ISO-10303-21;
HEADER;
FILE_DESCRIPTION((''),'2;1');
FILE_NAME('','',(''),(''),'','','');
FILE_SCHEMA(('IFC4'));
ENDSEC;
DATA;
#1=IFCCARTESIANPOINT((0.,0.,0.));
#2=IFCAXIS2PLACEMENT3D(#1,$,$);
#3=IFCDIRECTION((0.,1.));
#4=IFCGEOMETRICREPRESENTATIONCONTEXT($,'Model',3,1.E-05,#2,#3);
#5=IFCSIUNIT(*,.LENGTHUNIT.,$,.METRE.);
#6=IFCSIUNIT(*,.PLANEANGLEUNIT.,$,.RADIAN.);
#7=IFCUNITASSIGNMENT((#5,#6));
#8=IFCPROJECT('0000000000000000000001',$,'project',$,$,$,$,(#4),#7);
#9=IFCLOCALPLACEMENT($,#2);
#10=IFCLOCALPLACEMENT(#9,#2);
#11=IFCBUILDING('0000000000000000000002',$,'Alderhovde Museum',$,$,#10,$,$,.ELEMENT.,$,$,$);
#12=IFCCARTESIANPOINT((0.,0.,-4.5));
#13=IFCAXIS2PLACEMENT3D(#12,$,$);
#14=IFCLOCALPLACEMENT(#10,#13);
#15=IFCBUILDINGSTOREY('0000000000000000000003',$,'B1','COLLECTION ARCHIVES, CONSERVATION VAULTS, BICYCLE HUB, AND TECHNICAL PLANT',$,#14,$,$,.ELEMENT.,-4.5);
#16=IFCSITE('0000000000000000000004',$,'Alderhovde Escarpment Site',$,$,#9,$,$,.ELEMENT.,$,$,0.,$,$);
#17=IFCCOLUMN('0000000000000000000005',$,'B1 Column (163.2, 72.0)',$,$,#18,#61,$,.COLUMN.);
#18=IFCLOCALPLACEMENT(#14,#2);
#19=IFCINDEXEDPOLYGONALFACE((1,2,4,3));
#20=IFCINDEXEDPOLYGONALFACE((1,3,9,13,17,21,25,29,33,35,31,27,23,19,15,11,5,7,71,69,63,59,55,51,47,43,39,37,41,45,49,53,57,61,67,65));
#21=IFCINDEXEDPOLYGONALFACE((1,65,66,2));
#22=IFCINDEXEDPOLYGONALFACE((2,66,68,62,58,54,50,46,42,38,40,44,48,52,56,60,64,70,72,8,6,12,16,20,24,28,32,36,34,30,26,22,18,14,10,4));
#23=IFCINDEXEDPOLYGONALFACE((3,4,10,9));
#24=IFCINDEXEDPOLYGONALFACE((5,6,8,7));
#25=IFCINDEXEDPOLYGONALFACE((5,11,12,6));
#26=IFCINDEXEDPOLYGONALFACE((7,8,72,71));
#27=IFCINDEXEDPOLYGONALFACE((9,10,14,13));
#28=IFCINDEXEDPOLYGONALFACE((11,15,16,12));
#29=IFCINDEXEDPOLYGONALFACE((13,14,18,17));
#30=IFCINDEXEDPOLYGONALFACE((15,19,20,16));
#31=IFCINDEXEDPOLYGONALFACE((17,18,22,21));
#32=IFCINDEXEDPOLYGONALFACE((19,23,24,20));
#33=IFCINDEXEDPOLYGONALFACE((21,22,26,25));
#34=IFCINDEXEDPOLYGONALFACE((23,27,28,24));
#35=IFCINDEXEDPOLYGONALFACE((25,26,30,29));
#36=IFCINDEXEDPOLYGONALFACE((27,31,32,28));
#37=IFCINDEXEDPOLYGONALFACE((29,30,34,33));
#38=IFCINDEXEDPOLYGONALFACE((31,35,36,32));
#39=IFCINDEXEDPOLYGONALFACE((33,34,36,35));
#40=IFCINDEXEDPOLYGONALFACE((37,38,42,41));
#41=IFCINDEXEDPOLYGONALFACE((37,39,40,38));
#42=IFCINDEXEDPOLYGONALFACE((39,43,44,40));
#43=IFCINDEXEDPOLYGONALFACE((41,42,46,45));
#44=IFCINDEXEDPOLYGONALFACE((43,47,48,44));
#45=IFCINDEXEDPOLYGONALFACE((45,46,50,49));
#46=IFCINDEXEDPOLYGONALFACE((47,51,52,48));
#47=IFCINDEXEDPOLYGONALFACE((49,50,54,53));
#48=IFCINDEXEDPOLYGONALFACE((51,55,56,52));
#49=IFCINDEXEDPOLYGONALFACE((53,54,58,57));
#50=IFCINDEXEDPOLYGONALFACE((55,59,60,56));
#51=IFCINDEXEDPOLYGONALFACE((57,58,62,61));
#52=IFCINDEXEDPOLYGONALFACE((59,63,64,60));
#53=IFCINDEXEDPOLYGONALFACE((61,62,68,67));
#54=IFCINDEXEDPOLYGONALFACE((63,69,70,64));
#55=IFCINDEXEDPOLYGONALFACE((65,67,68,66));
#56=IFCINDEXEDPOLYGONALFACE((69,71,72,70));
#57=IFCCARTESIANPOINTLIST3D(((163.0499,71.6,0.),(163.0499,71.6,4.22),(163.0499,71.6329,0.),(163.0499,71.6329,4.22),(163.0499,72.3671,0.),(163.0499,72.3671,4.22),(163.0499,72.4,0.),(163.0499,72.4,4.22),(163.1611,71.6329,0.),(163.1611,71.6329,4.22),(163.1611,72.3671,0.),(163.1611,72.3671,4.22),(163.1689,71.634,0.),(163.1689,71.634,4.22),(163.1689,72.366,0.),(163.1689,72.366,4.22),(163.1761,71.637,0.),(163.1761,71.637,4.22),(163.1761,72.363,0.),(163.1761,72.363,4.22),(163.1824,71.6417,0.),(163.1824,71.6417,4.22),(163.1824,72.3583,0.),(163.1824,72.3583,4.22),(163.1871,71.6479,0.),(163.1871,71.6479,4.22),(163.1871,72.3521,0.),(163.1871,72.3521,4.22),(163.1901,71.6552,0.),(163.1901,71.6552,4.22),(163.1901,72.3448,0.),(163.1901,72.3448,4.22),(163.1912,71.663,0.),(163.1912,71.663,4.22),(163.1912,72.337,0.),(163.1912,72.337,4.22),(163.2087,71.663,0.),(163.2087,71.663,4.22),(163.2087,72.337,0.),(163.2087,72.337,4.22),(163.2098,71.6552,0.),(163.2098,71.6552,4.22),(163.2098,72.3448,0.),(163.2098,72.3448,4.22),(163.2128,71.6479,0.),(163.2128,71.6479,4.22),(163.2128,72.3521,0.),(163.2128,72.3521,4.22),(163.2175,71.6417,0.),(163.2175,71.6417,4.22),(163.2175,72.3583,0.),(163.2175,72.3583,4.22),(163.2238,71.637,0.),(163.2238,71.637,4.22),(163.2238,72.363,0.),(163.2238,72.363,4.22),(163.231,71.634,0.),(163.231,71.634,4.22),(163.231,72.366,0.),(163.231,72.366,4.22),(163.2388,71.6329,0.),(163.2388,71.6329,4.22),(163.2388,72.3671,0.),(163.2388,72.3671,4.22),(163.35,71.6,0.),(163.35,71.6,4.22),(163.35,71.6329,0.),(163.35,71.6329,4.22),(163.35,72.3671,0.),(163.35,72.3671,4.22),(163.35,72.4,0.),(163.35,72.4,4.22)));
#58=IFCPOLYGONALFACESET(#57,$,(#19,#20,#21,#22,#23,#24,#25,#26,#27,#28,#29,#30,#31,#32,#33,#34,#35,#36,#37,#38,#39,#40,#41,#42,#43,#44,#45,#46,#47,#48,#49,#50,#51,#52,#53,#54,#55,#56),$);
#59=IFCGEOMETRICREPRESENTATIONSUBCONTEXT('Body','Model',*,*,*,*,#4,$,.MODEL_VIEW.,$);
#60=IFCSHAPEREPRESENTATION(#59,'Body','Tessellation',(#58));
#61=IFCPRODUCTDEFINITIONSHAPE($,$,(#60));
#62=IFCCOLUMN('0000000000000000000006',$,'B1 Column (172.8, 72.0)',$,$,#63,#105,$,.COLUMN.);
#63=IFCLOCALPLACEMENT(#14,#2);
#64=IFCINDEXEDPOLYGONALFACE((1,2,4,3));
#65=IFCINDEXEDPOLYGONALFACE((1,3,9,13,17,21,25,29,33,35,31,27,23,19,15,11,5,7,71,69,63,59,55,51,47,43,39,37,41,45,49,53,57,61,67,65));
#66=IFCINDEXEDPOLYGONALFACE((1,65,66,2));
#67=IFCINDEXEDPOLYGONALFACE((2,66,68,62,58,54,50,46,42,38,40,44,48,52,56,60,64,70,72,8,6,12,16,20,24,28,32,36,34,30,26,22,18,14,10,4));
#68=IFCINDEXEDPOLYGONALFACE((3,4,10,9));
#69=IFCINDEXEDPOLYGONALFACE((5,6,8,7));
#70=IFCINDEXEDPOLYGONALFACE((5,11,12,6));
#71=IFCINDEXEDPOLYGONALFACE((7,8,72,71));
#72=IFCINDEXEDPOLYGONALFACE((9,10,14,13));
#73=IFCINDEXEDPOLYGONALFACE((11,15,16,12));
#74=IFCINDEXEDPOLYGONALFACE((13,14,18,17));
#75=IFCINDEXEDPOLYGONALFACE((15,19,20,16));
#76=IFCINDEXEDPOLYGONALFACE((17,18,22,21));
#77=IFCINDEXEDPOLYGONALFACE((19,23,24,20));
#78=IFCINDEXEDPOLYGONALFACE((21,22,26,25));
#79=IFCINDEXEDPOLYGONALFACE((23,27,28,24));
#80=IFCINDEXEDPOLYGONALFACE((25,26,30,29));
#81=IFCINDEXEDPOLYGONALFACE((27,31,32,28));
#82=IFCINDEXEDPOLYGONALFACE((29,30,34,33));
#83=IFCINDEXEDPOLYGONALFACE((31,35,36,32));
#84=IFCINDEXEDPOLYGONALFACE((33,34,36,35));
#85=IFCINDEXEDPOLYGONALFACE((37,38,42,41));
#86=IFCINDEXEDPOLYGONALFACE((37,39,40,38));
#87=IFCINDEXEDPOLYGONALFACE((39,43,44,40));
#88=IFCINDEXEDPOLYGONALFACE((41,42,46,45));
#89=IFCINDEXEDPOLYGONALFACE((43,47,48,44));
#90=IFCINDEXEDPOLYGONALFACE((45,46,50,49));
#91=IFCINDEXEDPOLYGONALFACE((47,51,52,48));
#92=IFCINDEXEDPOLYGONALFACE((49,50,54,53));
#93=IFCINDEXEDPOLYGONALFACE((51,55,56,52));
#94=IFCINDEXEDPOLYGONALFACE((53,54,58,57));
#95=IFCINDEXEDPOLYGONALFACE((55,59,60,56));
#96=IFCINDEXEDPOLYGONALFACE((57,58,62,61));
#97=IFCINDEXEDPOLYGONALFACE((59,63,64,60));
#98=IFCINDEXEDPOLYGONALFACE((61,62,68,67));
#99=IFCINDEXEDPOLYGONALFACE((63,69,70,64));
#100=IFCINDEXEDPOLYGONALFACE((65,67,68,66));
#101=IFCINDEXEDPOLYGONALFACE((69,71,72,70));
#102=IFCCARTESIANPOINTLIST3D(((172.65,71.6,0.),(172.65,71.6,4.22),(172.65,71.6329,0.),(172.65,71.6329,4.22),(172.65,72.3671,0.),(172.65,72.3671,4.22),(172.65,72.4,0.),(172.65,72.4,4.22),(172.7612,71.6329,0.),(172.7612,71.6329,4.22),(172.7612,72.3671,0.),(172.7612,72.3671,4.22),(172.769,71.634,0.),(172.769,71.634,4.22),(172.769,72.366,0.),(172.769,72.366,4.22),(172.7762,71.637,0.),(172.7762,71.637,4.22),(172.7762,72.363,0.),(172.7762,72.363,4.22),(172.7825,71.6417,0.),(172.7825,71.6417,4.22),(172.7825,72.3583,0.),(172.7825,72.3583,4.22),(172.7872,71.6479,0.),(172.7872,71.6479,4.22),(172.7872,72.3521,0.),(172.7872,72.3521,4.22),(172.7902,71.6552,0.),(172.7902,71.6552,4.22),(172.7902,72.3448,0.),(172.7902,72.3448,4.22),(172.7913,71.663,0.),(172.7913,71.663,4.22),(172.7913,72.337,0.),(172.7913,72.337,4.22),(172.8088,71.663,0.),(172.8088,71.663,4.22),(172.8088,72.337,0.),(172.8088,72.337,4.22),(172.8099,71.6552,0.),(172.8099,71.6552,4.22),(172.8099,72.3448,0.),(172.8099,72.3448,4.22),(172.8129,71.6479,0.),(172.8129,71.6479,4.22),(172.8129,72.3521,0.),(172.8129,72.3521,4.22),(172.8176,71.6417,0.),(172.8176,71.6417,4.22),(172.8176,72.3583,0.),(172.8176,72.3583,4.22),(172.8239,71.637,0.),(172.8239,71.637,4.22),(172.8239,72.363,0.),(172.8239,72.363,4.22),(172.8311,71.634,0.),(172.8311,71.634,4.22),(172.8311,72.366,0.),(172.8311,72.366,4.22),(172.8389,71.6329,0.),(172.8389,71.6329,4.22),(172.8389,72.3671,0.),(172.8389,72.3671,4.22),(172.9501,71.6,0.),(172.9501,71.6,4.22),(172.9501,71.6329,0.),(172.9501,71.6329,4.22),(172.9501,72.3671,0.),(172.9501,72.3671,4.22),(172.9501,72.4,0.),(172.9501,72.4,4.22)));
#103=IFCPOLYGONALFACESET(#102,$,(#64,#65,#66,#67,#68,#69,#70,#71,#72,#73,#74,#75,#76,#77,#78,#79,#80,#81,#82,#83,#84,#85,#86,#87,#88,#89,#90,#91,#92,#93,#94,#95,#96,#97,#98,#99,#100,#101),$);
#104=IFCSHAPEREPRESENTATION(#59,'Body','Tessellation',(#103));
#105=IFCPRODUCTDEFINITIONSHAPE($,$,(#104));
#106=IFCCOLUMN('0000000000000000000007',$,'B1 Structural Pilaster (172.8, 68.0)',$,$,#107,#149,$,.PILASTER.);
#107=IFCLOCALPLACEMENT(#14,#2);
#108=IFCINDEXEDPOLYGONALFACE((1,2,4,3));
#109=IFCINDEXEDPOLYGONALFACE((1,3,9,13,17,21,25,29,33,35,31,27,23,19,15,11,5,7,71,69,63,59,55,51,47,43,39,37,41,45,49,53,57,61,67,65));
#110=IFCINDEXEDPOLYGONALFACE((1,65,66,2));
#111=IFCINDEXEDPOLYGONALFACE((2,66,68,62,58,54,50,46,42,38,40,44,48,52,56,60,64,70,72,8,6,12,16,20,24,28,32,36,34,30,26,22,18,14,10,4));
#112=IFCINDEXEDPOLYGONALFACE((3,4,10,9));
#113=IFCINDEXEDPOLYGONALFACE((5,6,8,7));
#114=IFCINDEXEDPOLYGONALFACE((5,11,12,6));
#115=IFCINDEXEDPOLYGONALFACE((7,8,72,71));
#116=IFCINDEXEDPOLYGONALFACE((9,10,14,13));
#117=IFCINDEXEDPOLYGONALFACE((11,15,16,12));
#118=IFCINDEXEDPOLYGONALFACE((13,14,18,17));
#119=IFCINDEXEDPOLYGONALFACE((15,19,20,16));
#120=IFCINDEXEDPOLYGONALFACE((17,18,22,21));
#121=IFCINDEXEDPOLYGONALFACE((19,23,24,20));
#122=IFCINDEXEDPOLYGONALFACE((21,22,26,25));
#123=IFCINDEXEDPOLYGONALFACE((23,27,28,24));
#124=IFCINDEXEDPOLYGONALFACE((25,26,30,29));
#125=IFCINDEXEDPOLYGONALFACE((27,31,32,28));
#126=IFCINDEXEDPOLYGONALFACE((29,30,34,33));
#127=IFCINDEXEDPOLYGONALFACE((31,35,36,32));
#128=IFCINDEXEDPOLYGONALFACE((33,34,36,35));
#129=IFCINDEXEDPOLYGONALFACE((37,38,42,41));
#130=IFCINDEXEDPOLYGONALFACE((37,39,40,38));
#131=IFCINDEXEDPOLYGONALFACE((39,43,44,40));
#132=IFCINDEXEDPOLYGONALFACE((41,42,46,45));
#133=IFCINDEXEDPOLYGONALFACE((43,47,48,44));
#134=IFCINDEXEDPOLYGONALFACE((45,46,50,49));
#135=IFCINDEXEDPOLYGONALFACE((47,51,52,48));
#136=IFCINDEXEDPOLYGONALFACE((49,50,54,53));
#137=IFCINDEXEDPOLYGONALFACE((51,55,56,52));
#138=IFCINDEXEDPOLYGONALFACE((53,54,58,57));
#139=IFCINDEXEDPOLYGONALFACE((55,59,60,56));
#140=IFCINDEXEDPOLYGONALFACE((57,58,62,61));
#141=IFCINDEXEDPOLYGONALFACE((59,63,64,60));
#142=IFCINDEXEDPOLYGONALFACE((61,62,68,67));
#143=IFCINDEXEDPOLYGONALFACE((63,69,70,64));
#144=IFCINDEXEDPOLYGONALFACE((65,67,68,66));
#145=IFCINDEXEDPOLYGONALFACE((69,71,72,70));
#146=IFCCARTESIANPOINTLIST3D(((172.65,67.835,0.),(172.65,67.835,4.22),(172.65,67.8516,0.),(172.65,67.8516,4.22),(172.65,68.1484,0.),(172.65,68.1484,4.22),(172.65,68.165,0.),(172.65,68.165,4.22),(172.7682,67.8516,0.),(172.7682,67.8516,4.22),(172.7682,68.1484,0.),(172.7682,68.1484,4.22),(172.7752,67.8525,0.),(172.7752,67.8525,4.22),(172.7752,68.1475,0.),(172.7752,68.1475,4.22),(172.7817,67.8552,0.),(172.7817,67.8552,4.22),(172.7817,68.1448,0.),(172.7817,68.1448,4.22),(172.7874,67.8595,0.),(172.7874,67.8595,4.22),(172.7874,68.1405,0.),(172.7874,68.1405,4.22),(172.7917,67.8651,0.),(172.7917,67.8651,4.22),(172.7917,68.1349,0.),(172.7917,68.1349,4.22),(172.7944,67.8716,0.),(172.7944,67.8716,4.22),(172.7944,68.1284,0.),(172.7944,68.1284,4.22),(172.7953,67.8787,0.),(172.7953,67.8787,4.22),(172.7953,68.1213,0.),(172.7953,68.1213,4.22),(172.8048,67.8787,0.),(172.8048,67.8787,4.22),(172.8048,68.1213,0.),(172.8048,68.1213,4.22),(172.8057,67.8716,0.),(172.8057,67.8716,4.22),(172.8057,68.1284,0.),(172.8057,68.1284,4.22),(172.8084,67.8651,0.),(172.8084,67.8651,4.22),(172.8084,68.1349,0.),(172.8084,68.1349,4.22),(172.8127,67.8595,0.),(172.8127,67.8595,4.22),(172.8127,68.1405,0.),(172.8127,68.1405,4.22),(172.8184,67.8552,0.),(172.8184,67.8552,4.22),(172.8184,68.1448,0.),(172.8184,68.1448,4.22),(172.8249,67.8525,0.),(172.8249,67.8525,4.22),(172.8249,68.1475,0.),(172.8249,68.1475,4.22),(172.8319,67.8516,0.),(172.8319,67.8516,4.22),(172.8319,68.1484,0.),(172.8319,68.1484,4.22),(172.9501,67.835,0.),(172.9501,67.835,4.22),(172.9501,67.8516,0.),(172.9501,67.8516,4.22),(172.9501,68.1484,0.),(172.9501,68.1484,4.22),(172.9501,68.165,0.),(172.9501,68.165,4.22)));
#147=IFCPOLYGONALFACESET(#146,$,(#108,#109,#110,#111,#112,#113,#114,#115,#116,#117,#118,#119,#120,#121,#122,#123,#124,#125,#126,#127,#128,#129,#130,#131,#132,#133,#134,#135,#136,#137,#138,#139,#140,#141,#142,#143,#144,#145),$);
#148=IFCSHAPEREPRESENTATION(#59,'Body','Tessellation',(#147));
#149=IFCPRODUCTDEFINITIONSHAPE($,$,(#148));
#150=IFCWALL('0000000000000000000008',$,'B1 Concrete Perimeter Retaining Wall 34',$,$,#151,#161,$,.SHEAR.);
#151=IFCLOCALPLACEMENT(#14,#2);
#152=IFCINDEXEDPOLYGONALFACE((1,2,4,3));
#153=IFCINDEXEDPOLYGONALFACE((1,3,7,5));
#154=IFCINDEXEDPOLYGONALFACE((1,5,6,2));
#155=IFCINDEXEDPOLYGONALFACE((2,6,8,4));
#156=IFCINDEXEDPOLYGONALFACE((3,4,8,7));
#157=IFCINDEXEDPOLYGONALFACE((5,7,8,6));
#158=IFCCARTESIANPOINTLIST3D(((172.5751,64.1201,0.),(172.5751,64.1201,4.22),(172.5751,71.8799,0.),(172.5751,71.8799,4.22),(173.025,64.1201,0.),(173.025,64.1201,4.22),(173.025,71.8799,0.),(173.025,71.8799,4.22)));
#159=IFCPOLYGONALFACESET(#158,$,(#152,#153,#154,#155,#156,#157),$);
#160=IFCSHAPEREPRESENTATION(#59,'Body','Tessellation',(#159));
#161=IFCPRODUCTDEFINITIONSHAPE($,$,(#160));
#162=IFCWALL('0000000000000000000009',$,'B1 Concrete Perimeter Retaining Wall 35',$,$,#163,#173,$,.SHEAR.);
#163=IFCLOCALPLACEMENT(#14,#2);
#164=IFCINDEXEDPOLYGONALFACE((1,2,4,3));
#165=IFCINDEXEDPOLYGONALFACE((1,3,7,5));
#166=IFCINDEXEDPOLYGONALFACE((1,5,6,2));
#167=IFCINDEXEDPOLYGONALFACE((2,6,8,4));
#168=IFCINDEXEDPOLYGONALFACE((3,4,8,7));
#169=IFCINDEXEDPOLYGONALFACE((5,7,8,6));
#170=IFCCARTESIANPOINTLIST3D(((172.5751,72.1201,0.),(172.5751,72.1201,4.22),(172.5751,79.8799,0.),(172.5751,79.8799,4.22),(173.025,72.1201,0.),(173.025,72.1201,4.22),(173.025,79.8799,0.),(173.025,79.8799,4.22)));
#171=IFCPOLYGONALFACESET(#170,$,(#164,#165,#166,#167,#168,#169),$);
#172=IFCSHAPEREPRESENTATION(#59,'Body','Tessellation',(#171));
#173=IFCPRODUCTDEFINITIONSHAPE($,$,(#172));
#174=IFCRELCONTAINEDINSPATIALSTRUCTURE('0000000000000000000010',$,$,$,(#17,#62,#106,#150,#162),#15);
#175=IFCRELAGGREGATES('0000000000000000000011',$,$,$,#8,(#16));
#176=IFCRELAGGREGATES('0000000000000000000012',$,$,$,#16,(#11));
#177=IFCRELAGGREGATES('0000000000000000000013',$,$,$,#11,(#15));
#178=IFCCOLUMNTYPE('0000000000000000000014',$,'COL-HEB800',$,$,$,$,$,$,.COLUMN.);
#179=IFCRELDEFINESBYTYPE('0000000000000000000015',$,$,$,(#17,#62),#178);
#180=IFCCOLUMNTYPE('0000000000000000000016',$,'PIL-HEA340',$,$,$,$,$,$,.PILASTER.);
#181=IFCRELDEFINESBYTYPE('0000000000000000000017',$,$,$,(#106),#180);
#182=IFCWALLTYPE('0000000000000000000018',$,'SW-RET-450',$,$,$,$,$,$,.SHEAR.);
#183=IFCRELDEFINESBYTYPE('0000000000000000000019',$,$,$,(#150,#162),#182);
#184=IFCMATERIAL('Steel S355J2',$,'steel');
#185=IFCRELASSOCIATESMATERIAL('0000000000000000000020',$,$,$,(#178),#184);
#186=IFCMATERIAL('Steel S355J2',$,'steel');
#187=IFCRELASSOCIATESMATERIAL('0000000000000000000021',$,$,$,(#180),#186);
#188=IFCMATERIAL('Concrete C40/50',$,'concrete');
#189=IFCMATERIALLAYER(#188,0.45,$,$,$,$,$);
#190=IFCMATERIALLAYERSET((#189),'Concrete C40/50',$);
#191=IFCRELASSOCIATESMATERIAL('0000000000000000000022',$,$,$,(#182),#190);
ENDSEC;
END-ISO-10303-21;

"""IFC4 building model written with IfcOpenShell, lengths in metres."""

from ifc_helpers import new_model, si_unit, direction, frame, frame_2d, origin, origin_2d, place, context, subcontext, project, spatial, rectangle, i_section, extrude, material, layer, layer_set, material_profile, profile_set, type_object, element, save


model = new_model("IFC4")

# Units and contexts
model_context = context("Model", 3, precision=1e-05, world=origin(), true_north=direction((0.0, 1.0)))
body_context = subcontext(model_context, "Body", "Model", "MODEL_VIEW")
ifc_project = project(units=[si_unit("LENGTHUNIT", "METRE"), si_unit("PLANEANGLEUNIT", "RADIAN")], contexts=[model_context])

# Site, building, storey
site_placement = place(None, origin())
site = spatial("IfcSite", under=ifc_project, at=site_placement, Name="Alderhovde Escarpment Site", CompositionType="ELEMENT", RefElevation=0.0)
building_placement = place(site_placement, origin())
building = spatial("IfcBuilding", under=site, at=building_placement, Name="Alderhovde Museum", CompositionType="ELEMENT")
storey_placement = place(building_placement, frame((0.0, 0.0, -4.5)))
storey = spatial("IfcBuildingStorey", under=building, at=storey_placement, Name="B1", Description="COLLECTION ARCHIVES, CONSERVATION VAULTS, BICYCLE HUB, AND TECHNICAL PLANT", CompositionType="ELEMENT", Elevation=-4.5)

# Columns
ifc_material_1 = material(Name="Steel S355J2", Category="steel")
ifc_material_profile_1 = material_profile(ifc_material_1, i_section(OverallWidth=0.3, OverallDepth=0.8, WebThickness=0.0176, FlangeThickness=0.033, FilletRadius=0.03, at=origin_2d()), Name="HEB 800")
ifc_profile_set_1 = profile_set([ifc_material_profile_1], Name="Steel S355J2")
column_type_1 = type_object("IfcColumnType", Name="COL-HEB800", PredefinedType="COLUMN", material=ifc_profile_set_1)
for number, where, z_axis, x_axis, name in (
    (1, (163.2, 72.0, 0.0), (0.0, 0.0, 1.0), (1.0, 0.0, 0.0), "B1 Column (163.2, 72.0)"),
    (2, (172.8, 72.0, 0.0), (0.0, 0.0, 1.0), (1.0, 0.0, 0.0), "B1 Column (172.8, 72.0)"),
):
    element("IfcColumn", number, at=place(storey_placement, frame(where, z_axis=z_axis, x_axis=x_axis)), inside=storey, type_object=column_type_1, Name=name, PredefinedType="COLUMN", context=body_context, shape_type="SweptSolid", body=[
        extrude(i_section(OverallWidth=0.3, OverallDepth=0.8, WebThickness=0.0176, FlangeThickness=0.033, FilletRadius=0.03, at=origin_2d()), origin(), (0.0, 0.0, 1.0), 4.22),
    ])
ifc_material_2 = material(Name="Steel S355J2", Category="steel")
ifc_material_profile_2 = material_profile(ifc_material_2, i_section(OverallWidth=0.3, OverallDepth=0.3301, WebThickness=0.0095, FlangeThickness=0.0166, FilletRadius=0.0271, at=origin_2d()), Name="HEA 340")
ifc_profile_set_2 = profile_set([ifc_material_profile_2], Name="Steel S355J2")
column_type_2 = type_object("IfcColumnType", Name="PIL-HEA340", PredefinedType="PILASTER", material=ifc_profile_set_2)
column_placement = place(storey_placement, frame((172.8, 68.0, 0.0), z_axis=(0.0, 0.0, 1.0), x_axis=(1.0, 0.0, 0.0)))
element("IfcColumn", 3, at=column_placement, inside=storey, type_object=column_type_2, Name="B1 Structural Pilaster (172.8, 68.0)", PredefinedType="PILASTER", context=body_context, shape_type="SweptSolid", body=[
    extrude(i_section(OverallWidth=0.3, OverallDepth=0.3301, WebThickness=0.0095, FlangeThickness=0.0166, FilletRadius=0.0271, at=origin_2d()), origin(), (0.0, 0.0, 1.0), 4.22),
])

# Walls
ifc_material_3 = material(Name="Concrete C40/50", Category="concrete")
ifc_layer = layer(ifc_material_3, 0.45)
ifc_layer_set = layer_set([ifc_layer], Name="Concrete C40/50")
wall_type = type_object("IfcWallType", Name="SW-RET-450", PredefinedType="SHEAR", material=ifc_layer_set)
for number, where, z_axis, x_axis, name in (
    (4, (172.8, 64.1201, 0.0), (0.0, 0.0, 1.0), (0.0, 1.0, 0.0), "B1 Concrete Perimeter Retaining Wall 34"),
    (5, (172.8, 72.1201, 0.0), (0.0, 0.0, 1.0), (0.0, 1.0, 0.0), "B1 Concrete Perimeter Retaining Wall 35"),
):
    element("IfcWall", number, at=place(storey_placement, frame(where, z_axis=z_axis, x_axis=x_axis)), inside=storey, type_object=wall_type, Name=name, PredefinedType="SHEAR", context=body_context, shape_type="SweptSolid", body=[
        extrude(rectangle(XDim=7.7598, YDim=0.45, at=frame_2d((3.8799, 0.0))), origin(), (0.0, 0.0, 1.0), 4.22),
    ])

save(model, "model.ifc")
